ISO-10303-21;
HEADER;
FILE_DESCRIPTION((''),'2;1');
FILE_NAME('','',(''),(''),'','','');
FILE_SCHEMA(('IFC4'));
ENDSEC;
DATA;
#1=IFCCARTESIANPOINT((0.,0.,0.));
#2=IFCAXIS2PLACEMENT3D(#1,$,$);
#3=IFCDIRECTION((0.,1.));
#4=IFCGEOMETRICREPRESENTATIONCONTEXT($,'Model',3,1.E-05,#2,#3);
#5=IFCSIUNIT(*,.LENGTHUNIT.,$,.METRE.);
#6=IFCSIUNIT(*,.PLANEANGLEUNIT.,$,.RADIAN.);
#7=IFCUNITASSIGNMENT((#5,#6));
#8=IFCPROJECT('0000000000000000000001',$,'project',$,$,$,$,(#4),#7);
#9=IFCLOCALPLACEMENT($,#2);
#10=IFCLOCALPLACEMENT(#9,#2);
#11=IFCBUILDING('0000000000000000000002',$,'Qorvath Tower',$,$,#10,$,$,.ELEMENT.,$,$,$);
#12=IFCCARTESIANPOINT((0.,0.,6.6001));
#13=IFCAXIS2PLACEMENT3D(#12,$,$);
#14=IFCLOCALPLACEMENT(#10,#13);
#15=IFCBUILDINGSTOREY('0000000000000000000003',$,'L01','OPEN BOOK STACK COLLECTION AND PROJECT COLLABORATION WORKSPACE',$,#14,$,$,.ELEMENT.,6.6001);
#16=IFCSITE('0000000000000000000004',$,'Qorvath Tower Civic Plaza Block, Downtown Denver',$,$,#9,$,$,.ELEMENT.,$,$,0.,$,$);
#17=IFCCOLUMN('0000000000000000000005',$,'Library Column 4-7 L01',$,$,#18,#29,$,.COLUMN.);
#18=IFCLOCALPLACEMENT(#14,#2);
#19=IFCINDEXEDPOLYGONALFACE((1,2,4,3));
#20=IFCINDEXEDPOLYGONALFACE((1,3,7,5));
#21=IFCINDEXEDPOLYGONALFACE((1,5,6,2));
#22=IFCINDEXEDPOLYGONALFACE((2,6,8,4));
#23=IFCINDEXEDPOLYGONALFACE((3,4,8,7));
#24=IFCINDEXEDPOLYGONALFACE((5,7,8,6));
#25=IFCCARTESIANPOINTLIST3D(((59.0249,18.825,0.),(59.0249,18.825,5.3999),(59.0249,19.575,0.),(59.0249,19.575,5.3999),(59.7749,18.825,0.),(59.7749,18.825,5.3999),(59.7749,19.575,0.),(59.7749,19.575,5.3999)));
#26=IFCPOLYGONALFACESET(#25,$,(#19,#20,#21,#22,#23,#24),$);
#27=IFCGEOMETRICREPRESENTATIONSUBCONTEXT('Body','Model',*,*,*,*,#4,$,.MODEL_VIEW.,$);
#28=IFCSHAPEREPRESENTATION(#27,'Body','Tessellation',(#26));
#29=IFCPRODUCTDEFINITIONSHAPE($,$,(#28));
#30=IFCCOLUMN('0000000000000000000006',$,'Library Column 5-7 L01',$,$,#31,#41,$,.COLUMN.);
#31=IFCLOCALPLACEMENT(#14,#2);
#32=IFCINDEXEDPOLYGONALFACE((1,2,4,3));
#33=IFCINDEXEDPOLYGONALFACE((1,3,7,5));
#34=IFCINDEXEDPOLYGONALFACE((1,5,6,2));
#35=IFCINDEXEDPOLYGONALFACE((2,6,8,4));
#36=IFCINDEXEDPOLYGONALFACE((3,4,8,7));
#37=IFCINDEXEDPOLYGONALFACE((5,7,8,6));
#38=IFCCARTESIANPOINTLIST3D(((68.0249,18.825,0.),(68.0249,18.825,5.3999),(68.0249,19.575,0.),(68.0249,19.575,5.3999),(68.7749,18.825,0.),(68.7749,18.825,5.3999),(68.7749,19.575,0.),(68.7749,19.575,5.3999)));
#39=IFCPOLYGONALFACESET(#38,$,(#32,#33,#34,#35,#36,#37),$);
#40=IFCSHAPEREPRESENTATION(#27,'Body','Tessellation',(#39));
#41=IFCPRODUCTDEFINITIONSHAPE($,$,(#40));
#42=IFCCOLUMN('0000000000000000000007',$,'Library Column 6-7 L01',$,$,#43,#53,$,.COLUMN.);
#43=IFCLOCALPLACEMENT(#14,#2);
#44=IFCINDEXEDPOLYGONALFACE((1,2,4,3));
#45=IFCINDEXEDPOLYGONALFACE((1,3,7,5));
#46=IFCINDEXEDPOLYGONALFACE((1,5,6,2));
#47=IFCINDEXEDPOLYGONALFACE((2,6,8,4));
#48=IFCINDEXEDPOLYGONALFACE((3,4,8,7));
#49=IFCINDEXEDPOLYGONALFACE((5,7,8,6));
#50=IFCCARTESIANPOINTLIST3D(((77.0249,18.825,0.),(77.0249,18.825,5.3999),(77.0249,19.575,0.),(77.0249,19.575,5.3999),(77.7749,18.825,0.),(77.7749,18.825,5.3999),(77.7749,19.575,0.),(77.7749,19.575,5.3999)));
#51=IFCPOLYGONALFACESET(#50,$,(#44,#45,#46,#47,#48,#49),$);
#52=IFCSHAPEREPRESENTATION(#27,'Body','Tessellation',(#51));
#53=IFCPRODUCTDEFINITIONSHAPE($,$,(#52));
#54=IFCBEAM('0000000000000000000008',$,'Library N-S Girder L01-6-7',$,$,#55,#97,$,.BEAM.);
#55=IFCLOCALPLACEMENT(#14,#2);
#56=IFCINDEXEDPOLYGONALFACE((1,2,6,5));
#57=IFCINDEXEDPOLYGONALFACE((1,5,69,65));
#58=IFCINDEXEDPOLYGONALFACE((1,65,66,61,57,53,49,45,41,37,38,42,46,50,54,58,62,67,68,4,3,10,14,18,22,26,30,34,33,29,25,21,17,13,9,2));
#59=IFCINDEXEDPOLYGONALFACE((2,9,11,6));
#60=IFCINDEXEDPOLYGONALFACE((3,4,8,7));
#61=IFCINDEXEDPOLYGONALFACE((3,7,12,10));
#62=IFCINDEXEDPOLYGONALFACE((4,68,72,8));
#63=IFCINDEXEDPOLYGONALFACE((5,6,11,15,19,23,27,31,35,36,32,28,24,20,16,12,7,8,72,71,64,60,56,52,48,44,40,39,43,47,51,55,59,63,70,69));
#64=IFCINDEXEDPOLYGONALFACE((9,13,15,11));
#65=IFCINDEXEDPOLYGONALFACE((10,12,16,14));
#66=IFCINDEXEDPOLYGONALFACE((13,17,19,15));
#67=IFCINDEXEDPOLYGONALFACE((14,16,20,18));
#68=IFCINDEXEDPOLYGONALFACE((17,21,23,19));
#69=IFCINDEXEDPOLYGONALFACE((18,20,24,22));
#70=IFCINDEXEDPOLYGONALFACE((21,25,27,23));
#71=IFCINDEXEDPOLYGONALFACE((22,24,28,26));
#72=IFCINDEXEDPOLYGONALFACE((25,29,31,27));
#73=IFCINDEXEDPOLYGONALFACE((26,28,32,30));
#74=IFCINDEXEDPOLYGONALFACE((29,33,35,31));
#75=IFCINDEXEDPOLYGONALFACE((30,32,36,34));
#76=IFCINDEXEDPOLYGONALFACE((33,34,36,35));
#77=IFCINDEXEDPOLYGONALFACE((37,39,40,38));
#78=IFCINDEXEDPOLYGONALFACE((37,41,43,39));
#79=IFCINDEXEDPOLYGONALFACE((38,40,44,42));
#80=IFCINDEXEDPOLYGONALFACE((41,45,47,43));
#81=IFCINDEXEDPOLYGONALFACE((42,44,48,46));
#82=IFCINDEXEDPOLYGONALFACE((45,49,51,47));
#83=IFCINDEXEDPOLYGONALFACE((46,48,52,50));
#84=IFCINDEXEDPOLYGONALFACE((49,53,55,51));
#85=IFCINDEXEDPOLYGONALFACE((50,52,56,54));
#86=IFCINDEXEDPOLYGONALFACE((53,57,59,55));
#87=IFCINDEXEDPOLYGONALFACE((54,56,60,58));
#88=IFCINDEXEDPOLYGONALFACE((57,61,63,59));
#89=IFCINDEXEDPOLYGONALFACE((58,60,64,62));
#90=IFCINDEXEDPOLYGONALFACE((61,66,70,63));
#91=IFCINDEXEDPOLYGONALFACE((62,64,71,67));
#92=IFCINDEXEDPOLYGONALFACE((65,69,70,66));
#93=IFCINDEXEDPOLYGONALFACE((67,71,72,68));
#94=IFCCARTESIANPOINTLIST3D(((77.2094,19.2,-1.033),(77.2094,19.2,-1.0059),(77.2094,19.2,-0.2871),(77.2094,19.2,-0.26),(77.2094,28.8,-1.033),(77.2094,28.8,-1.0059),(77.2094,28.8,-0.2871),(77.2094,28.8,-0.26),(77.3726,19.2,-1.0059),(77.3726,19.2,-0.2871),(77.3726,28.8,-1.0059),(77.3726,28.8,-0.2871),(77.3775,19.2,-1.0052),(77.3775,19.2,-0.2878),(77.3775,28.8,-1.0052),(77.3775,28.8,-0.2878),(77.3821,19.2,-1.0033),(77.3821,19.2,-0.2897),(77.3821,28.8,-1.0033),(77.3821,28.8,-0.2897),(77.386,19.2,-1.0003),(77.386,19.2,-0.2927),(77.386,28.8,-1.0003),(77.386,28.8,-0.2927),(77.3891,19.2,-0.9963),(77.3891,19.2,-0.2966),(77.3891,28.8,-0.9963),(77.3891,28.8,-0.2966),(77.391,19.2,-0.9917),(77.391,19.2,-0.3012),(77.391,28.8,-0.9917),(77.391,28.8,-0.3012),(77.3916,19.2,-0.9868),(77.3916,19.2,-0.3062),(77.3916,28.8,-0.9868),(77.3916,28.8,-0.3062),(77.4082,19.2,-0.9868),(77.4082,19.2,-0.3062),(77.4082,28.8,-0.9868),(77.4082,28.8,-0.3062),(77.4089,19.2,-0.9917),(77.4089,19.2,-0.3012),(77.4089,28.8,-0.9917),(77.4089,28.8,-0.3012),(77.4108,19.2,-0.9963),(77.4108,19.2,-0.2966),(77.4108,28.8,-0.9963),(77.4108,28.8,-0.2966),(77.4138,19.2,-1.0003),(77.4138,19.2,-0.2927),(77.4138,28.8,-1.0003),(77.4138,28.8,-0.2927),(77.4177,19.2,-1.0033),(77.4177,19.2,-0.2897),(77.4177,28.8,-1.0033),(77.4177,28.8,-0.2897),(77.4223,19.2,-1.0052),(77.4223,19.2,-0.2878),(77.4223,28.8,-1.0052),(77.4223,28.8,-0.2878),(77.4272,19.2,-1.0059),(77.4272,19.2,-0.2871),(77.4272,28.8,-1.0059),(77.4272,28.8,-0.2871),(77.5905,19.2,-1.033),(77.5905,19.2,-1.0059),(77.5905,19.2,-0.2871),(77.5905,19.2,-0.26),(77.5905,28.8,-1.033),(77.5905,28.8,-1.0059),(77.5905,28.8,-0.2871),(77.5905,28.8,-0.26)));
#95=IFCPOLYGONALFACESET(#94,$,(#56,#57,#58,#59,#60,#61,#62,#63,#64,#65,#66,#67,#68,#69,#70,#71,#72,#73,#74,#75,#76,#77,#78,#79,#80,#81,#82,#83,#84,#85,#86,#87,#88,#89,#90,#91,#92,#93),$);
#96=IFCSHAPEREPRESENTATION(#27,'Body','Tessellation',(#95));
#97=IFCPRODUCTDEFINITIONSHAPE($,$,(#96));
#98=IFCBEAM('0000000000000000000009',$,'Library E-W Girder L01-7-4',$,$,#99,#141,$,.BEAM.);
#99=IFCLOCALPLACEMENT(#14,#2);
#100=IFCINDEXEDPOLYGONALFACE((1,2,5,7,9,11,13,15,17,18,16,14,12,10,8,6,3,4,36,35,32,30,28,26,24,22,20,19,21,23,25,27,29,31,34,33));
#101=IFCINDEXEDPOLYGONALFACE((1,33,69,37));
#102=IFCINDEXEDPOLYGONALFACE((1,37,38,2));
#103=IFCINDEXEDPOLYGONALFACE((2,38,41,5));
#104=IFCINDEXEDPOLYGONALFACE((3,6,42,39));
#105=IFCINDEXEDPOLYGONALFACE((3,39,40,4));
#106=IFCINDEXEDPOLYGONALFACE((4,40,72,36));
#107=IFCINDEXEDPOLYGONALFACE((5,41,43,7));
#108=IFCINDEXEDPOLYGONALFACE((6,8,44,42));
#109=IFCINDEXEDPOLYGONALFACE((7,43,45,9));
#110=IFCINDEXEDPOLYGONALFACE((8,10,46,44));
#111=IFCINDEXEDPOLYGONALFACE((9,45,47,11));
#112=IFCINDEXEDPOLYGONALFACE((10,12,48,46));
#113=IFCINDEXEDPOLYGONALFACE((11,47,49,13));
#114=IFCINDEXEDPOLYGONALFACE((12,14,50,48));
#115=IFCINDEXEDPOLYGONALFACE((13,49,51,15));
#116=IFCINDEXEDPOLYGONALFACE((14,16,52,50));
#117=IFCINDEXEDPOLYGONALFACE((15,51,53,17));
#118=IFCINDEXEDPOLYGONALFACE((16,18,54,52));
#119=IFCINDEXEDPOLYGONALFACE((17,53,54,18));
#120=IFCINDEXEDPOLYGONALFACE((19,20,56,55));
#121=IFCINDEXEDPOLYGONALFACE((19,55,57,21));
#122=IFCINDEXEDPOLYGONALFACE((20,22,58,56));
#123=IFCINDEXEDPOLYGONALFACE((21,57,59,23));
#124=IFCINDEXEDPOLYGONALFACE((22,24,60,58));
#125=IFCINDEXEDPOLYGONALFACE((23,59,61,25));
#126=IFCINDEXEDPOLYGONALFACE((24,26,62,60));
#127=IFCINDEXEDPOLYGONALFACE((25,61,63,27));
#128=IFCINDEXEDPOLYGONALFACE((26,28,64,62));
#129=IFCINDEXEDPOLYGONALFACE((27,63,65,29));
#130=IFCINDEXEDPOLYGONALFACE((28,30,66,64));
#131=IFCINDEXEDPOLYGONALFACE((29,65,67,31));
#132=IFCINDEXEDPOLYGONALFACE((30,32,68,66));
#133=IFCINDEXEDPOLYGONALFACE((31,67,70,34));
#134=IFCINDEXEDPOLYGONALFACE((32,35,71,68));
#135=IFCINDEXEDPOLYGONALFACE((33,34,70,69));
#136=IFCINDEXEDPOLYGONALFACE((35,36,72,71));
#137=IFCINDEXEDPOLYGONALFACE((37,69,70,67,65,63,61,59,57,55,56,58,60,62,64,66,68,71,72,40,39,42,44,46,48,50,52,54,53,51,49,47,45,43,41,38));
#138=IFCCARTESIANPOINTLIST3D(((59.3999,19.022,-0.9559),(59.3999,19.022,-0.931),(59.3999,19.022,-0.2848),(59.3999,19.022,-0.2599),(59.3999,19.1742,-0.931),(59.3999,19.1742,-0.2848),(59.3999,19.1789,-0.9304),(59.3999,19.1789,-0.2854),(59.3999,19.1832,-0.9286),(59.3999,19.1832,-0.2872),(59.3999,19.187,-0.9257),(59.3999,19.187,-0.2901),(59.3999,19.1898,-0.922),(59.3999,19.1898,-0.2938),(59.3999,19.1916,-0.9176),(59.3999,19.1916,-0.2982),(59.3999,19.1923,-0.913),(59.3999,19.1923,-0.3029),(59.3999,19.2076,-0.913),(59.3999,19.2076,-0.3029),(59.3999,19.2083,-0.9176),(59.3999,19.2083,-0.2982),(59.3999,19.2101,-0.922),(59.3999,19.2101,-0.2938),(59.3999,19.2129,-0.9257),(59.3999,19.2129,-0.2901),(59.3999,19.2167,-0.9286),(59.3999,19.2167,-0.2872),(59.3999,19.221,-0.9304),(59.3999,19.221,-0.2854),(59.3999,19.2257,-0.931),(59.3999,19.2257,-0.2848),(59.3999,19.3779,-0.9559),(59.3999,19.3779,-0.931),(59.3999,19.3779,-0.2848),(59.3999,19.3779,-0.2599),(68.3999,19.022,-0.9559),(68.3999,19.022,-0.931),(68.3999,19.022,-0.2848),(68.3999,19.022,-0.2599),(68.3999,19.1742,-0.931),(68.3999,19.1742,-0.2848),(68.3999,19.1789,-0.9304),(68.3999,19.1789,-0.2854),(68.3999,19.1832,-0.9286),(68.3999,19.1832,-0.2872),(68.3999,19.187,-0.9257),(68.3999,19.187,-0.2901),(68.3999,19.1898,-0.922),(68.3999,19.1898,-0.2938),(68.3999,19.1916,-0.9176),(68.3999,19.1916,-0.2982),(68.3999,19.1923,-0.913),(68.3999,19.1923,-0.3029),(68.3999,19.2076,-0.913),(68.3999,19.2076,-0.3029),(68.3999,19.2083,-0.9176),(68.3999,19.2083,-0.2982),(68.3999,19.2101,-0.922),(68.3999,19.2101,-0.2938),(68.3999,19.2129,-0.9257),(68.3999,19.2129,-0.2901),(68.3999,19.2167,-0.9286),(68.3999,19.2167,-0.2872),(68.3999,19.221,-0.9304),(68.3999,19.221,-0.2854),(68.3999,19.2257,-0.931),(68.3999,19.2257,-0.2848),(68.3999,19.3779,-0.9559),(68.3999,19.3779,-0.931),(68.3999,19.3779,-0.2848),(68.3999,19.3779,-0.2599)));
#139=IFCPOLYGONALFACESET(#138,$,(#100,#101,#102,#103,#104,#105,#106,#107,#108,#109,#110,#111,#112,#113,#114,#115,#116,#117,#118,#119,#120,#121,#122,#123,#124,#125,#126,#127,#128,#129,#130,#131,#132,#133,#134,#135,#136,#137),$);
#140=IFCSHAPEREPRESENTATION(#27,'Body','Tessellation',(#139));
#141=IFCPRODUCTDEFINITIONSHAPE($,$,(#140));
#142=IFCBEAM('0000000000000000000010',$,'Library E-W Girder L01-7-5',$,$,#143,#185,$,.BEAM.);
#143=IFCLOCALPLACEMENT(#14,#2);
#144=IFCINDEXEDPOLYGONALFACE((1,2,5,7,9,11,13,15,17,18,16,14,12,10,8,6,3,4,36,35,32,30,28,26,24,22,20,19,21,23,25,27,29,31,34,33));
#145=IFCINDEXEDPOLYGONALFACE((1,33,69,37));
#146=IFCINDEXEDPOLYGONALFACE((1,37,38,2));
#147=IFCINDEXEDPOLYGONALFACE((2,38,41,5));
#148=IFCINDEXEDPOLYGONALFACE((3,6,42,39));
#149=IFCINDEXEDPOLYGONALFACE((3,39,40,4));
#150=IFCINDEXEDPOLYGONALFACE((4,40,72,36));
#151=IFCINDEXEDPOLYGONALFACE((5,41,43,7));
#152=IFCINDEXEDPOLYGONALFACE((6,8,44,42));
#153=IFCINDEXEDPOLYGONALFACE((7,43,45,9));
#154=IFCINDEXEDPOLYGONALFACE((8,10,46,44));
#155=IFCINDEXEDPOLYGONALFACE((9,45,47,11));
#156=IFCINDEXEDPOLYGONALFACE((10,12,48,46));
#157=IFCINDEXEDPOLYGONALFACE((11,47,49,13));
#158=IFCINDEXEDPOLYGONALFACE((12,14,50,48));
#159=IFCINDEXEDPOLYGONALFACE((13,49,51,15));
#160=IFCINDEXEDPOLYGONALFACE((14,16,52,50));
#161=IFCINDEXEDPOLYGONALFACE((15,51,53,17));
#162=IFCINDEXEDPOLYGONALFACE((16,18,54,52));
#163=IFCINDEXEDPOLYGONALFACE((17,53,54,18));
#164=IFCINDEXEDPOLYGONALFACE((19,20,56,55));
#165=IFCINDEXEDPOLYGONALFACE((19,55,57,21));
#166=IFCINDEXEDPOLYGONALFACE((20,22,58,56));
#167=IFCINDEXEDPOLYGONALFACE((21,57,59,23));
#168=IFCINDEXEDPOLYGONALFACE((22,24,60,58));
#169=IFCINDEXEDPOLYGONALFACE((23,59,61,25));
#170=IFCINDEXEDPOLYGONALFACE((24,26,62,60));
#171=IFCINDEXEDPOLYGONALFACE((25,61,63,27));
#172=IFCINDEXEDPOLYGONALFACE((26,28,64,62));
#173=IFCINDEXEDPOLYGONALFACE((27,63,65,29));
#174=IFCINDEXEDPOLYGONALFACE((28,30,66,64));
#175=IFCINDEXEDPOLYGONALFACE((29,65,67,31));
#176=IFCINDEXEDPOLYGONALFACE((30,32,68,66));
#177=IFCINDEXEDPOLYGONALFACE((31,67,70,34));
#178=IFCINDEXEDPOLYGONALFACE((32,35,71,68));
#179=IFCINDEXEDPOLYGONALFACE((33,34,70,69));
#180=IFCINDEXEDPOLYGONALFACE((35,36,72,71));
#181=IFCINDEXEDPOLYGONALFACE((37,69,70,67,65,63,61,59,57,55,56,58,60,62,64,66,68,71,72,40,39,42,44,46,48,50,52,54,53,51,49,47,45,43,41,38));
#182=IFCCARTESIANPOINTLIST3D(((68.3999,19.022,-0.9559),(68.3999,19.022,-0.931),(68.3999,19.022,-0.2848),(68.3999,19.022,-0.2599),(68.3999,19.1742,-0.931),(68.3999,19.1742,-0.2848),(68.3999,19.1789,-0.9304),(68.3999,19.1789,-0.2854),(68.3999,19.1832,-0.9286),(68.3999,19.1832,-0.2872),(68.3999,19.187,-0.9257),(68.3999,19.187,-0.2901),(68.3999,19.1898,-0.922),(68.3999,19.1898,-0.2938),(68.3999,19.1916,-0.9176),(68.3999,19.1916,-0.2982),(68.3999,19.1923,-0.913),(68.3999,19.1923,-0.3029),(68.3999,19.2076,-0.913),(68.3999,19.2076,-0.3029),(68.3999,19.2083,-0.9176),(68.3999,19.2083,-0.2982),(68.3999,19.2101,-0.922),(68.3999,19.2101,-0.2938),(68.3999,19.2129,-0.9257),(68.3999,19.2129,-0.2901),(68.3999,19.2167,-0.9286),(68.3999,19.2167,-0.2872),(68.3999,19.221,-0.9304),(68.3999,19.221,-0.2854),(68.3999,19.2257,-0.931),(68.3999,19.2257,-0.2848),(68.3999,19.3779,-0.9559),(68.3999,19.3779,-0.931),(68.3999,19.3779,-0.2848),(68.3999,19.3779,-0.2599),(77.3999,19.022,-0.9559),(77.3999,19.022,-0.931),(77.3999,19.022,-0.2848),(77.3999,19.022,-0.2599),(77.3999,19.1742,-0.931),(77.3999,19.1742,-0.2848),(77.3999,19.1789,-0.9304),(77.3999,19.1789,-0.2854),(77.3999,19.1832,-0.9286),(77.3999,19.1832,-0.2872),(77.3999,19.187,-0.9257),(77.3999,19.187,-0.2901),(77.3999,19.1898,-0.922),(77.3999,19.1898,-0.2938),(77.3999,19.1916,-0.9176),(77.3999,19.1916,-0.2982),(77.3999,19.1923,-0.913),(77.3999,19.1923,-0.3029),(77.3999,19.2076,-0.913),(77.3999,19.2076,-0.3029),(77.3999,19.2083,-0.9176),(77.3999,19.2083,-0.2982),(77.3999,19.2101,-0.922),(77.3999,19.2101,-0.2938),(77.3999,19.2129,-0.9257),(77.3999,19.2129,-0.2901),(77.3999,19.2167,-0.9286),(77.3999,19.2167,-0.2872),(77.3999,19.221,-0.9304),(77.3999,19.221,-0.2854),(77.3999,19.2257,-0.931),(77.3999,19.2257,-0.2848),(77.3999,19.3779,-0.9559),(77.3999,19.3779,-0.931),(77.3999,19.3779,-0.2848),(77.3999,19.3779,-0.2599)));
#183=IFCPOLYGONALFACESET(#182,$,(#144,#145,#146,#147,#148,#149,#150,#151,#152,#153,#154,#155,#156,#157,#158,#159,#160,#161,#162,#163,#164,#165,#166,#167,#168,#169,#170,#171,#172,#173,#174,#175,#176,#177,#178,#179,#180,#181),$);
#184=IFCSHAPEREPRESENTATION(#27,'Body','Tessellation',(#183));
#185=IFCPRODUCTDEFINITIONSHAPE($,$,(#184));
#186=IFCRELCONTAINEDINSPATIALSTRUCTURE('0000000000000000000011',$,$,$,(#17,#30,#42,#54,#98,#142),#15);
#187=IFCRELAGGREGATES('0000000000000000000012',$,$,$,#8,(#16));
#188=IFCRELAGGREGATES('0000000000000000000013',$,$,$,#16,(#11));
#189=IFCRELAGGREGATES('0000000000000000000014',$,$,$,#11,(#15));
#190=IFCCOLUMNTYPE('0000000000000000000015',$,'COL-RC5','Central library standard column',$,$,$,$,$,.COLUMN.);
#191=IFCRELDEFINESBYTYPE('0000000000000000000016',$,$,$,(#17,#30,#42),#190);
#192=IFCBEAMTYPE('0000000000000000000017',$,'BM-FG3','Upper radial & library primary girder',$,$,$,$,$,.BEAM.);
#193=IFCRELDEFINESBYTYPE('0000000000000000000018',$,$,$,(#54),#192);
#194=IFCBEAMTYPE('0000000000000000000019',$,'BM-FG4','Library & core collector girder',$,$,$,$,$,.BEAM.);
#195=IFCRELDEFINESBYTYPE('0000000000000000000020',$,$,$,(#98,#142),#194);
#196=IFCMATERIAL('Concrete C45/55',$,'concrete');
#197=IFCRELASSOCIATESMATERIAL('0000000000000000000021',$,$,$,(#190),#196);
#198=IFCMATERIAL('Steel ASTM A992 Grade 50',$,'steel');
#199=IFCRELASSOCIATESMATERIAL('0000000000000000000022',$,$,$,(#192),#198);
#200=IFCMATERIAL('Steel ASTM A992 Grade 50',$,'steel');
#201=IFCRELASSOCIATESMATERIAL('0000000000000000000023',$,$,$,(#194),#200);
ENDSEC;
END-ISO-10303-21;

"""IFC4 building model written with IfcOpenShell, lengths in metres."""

from ifc_helpers import new_model, si_unit, direction, frame, origin, origin_2d, place, context, subcontext, project, spatial, rectangle, i_section, extrude, material, material_profile, profile_set, type_object, element, save


model = new_model("IFC4")

# Units and contexts
model_context = context("Model", 3, precision=1e-05, world=origin(), true_north=direction((0.0, 1.0)))
body_context = subcontext(model_context, "Body", "Model", "MODEL_VIEW")
ifc_project = project(units=[si_unit("LENGTHUNIT", "METRE"), si_unit("PLANEANGLEUNIT", "RADIAN")], contexts=[model_context])

# Site, building, storey
site_placement = place(None, origin())
site = spatial("IfcSite", under=ifc_project, at=site_placement, Name="Qorvath Tower Civic Plaza Block, Downtown Denver", CompositionType="ELEMENT", RefElevation=0.0)
building_placement = place(site_placement, origin())
building = spatial("IfcBuilding", under=site, at=building_placement, Name="Qorvath Tower", CompositionType="ELEMENT")
storey_placement = place(building_placement, frame((0.0, 0.0, 6.6001)))
storey = spatial("IfcBuildingStorey", under=building, at=storey_placement, Name="L01", Description="OPEN BOOK STACK COLLECTION AND PROJECT COLLABORATION WORKSPACE", CompositionType="ELEMENT", Elevation=6.6001)

# Columns
ifc_material_1 = material(Name="Concrete C45/55", Category="concrete")
ifc_material_profile_1 = material_profile(ifc_material_1, rectangle(XDim=0.75, YDim=0.75, at=origin_2d()), Name="RC 750x750")
ifc_profile_set_1 = profile_set([ifc_material_profile_1], Name="Concrete C45/55")
column_type = type_object("IfcColumnType", Name="COL-RC5", Description="Central library standard column", PredefinedType="COLUMN", material=ifc_profile_set_1)
for number, where, z_axis, x_axis, name in (
    (1, (59.3999, 19.2, 0.0), (0.0, 0.0, 1.0), (1.0, 0.0, 0.0), "Library Column 4-7 L01"),
    (2, (68.3999, 19.2, 0.0), (0.0, 0.0, 1.0), (1.0, 0.0, 0.0), "Library Column 5-7 L01"),
    (3, (77.3999, 19.2, 0.0), (0.0, 0.0, 1.0), (1.0, 0.0, 0.0), "Library Column 6-7 L01"),
):
    element("IfcColumn", number, at=place(storey_placement, frame(where, z_axis=z_axis, x_axis=x_axis)), inside=storey, type_object=column_type, Name=name, PredefinedType="COLUMN", context=body_context, shape_type="SweptSolid", body=[
        extrude(rectangle(XDim=0.75, YDim=0.75, at=origin_2d()), origin(), (0.0, 0.0, 1.0), 5.3999),
    ])

# Beams
ifc_material_2 = material(Name="Steel ASTM A992 Grade 50", Category="steel")
ifc_material_profile_2 = material_profile(ifc_material_2, i_section(OverallWidth=0.3811, OverallDepth=0.7729, WebThickness=0.0166, FlangeThickness=0.0271, FilletRadius=0.019, at=origin_2d()), Name="W30x173")
ifc_profile_set_2 = profile_set([ifc_material_profile_2], Name="Steel ASTM A992 Grade 50")
beam_type_1 = type_object("IfcBeamType", Name="BM-FG3", Description="Upper radial & library primary girder", PredefinedType="BEAM", material=ifc_profile_set_2)
beam_1_placement = place(storey_placement, frame((77.3999, 19.2, -0.6465), z_axis=(0.0, 1.0, 0.0), x_axis=(-1.0, 0.0, 0.0)))
element("IfcBeam", 4, at=beam_1_placement, inside=storey, type_object=beam_type_1, Name="Library N-S Girder L01-6-7", PredefinedType="BEAM", context=body_context, shape_type="SweptSolid", body=[
    extrude(i_section(OverallWidth=0.3811, OverallDepth=0.7729, WebThickness=0.0166, FlangeThickness=0.0271, FilletRadius=0.019, at=origin_2d()), origin(), (0.0, 0.0, 1.0), 9.6001),
])
ifc_material_3 = material(Name="Steel ASTM A992 Grade 50", Category="steel")
ifc_material_profile_3 = material_profile(ifc_material_3, i_section(OverallWidth=0.356, OverallDepth=0.696, WebThickness=0.0154, FlangeThickness=0.0249, FilletRadius=0.0181, at=origin_2d()), Name="W27x146")
ifc_profile_set_3 = profile_set([ifc_material_profile_3], Name="Steel ASTM A992 Grade 50")
beam_type_2 = type_object("IfcBeamType", Name="BM-FG4", Description="Library & core collector girder", PredefinedType="BEAM", material=ifc_profile_set_3)
for number, where, z_axis, x_axis, name in (
    (5, (59.3999, 19.2, -0.6079), (1.0, 0.0, 0.0), (0.0, 1.0, 0.0), "Library E-W Girder L01-7-4"),
    (6, (68.3999, 19.2, -0.6079), (1.0, 0.0, 0.0), (0.0, 1.0, 0.0), "Library E-W Girder L01-7-5"),
):
    element("IfcBeam", number, at=place(storey_placement, frame(where, z_axis=z_axis, x_axis=x_axis)), inside=storey, type_object=beam_type_2, Name=name, PredefinedType="BEAM", context=body_context, shape_type="SweptSolid", body=[
        extrude(i_section(OverallWidth=0.356, OverallDepth=0.696, WebThickness=0.0154, FlangeThickness=0.0249, FilletRadius=0.0181, at=origin_2d()), origin(), (0.0, 0.0, 1.0), 9.0),
    ])

save(model, "model.ifc")
